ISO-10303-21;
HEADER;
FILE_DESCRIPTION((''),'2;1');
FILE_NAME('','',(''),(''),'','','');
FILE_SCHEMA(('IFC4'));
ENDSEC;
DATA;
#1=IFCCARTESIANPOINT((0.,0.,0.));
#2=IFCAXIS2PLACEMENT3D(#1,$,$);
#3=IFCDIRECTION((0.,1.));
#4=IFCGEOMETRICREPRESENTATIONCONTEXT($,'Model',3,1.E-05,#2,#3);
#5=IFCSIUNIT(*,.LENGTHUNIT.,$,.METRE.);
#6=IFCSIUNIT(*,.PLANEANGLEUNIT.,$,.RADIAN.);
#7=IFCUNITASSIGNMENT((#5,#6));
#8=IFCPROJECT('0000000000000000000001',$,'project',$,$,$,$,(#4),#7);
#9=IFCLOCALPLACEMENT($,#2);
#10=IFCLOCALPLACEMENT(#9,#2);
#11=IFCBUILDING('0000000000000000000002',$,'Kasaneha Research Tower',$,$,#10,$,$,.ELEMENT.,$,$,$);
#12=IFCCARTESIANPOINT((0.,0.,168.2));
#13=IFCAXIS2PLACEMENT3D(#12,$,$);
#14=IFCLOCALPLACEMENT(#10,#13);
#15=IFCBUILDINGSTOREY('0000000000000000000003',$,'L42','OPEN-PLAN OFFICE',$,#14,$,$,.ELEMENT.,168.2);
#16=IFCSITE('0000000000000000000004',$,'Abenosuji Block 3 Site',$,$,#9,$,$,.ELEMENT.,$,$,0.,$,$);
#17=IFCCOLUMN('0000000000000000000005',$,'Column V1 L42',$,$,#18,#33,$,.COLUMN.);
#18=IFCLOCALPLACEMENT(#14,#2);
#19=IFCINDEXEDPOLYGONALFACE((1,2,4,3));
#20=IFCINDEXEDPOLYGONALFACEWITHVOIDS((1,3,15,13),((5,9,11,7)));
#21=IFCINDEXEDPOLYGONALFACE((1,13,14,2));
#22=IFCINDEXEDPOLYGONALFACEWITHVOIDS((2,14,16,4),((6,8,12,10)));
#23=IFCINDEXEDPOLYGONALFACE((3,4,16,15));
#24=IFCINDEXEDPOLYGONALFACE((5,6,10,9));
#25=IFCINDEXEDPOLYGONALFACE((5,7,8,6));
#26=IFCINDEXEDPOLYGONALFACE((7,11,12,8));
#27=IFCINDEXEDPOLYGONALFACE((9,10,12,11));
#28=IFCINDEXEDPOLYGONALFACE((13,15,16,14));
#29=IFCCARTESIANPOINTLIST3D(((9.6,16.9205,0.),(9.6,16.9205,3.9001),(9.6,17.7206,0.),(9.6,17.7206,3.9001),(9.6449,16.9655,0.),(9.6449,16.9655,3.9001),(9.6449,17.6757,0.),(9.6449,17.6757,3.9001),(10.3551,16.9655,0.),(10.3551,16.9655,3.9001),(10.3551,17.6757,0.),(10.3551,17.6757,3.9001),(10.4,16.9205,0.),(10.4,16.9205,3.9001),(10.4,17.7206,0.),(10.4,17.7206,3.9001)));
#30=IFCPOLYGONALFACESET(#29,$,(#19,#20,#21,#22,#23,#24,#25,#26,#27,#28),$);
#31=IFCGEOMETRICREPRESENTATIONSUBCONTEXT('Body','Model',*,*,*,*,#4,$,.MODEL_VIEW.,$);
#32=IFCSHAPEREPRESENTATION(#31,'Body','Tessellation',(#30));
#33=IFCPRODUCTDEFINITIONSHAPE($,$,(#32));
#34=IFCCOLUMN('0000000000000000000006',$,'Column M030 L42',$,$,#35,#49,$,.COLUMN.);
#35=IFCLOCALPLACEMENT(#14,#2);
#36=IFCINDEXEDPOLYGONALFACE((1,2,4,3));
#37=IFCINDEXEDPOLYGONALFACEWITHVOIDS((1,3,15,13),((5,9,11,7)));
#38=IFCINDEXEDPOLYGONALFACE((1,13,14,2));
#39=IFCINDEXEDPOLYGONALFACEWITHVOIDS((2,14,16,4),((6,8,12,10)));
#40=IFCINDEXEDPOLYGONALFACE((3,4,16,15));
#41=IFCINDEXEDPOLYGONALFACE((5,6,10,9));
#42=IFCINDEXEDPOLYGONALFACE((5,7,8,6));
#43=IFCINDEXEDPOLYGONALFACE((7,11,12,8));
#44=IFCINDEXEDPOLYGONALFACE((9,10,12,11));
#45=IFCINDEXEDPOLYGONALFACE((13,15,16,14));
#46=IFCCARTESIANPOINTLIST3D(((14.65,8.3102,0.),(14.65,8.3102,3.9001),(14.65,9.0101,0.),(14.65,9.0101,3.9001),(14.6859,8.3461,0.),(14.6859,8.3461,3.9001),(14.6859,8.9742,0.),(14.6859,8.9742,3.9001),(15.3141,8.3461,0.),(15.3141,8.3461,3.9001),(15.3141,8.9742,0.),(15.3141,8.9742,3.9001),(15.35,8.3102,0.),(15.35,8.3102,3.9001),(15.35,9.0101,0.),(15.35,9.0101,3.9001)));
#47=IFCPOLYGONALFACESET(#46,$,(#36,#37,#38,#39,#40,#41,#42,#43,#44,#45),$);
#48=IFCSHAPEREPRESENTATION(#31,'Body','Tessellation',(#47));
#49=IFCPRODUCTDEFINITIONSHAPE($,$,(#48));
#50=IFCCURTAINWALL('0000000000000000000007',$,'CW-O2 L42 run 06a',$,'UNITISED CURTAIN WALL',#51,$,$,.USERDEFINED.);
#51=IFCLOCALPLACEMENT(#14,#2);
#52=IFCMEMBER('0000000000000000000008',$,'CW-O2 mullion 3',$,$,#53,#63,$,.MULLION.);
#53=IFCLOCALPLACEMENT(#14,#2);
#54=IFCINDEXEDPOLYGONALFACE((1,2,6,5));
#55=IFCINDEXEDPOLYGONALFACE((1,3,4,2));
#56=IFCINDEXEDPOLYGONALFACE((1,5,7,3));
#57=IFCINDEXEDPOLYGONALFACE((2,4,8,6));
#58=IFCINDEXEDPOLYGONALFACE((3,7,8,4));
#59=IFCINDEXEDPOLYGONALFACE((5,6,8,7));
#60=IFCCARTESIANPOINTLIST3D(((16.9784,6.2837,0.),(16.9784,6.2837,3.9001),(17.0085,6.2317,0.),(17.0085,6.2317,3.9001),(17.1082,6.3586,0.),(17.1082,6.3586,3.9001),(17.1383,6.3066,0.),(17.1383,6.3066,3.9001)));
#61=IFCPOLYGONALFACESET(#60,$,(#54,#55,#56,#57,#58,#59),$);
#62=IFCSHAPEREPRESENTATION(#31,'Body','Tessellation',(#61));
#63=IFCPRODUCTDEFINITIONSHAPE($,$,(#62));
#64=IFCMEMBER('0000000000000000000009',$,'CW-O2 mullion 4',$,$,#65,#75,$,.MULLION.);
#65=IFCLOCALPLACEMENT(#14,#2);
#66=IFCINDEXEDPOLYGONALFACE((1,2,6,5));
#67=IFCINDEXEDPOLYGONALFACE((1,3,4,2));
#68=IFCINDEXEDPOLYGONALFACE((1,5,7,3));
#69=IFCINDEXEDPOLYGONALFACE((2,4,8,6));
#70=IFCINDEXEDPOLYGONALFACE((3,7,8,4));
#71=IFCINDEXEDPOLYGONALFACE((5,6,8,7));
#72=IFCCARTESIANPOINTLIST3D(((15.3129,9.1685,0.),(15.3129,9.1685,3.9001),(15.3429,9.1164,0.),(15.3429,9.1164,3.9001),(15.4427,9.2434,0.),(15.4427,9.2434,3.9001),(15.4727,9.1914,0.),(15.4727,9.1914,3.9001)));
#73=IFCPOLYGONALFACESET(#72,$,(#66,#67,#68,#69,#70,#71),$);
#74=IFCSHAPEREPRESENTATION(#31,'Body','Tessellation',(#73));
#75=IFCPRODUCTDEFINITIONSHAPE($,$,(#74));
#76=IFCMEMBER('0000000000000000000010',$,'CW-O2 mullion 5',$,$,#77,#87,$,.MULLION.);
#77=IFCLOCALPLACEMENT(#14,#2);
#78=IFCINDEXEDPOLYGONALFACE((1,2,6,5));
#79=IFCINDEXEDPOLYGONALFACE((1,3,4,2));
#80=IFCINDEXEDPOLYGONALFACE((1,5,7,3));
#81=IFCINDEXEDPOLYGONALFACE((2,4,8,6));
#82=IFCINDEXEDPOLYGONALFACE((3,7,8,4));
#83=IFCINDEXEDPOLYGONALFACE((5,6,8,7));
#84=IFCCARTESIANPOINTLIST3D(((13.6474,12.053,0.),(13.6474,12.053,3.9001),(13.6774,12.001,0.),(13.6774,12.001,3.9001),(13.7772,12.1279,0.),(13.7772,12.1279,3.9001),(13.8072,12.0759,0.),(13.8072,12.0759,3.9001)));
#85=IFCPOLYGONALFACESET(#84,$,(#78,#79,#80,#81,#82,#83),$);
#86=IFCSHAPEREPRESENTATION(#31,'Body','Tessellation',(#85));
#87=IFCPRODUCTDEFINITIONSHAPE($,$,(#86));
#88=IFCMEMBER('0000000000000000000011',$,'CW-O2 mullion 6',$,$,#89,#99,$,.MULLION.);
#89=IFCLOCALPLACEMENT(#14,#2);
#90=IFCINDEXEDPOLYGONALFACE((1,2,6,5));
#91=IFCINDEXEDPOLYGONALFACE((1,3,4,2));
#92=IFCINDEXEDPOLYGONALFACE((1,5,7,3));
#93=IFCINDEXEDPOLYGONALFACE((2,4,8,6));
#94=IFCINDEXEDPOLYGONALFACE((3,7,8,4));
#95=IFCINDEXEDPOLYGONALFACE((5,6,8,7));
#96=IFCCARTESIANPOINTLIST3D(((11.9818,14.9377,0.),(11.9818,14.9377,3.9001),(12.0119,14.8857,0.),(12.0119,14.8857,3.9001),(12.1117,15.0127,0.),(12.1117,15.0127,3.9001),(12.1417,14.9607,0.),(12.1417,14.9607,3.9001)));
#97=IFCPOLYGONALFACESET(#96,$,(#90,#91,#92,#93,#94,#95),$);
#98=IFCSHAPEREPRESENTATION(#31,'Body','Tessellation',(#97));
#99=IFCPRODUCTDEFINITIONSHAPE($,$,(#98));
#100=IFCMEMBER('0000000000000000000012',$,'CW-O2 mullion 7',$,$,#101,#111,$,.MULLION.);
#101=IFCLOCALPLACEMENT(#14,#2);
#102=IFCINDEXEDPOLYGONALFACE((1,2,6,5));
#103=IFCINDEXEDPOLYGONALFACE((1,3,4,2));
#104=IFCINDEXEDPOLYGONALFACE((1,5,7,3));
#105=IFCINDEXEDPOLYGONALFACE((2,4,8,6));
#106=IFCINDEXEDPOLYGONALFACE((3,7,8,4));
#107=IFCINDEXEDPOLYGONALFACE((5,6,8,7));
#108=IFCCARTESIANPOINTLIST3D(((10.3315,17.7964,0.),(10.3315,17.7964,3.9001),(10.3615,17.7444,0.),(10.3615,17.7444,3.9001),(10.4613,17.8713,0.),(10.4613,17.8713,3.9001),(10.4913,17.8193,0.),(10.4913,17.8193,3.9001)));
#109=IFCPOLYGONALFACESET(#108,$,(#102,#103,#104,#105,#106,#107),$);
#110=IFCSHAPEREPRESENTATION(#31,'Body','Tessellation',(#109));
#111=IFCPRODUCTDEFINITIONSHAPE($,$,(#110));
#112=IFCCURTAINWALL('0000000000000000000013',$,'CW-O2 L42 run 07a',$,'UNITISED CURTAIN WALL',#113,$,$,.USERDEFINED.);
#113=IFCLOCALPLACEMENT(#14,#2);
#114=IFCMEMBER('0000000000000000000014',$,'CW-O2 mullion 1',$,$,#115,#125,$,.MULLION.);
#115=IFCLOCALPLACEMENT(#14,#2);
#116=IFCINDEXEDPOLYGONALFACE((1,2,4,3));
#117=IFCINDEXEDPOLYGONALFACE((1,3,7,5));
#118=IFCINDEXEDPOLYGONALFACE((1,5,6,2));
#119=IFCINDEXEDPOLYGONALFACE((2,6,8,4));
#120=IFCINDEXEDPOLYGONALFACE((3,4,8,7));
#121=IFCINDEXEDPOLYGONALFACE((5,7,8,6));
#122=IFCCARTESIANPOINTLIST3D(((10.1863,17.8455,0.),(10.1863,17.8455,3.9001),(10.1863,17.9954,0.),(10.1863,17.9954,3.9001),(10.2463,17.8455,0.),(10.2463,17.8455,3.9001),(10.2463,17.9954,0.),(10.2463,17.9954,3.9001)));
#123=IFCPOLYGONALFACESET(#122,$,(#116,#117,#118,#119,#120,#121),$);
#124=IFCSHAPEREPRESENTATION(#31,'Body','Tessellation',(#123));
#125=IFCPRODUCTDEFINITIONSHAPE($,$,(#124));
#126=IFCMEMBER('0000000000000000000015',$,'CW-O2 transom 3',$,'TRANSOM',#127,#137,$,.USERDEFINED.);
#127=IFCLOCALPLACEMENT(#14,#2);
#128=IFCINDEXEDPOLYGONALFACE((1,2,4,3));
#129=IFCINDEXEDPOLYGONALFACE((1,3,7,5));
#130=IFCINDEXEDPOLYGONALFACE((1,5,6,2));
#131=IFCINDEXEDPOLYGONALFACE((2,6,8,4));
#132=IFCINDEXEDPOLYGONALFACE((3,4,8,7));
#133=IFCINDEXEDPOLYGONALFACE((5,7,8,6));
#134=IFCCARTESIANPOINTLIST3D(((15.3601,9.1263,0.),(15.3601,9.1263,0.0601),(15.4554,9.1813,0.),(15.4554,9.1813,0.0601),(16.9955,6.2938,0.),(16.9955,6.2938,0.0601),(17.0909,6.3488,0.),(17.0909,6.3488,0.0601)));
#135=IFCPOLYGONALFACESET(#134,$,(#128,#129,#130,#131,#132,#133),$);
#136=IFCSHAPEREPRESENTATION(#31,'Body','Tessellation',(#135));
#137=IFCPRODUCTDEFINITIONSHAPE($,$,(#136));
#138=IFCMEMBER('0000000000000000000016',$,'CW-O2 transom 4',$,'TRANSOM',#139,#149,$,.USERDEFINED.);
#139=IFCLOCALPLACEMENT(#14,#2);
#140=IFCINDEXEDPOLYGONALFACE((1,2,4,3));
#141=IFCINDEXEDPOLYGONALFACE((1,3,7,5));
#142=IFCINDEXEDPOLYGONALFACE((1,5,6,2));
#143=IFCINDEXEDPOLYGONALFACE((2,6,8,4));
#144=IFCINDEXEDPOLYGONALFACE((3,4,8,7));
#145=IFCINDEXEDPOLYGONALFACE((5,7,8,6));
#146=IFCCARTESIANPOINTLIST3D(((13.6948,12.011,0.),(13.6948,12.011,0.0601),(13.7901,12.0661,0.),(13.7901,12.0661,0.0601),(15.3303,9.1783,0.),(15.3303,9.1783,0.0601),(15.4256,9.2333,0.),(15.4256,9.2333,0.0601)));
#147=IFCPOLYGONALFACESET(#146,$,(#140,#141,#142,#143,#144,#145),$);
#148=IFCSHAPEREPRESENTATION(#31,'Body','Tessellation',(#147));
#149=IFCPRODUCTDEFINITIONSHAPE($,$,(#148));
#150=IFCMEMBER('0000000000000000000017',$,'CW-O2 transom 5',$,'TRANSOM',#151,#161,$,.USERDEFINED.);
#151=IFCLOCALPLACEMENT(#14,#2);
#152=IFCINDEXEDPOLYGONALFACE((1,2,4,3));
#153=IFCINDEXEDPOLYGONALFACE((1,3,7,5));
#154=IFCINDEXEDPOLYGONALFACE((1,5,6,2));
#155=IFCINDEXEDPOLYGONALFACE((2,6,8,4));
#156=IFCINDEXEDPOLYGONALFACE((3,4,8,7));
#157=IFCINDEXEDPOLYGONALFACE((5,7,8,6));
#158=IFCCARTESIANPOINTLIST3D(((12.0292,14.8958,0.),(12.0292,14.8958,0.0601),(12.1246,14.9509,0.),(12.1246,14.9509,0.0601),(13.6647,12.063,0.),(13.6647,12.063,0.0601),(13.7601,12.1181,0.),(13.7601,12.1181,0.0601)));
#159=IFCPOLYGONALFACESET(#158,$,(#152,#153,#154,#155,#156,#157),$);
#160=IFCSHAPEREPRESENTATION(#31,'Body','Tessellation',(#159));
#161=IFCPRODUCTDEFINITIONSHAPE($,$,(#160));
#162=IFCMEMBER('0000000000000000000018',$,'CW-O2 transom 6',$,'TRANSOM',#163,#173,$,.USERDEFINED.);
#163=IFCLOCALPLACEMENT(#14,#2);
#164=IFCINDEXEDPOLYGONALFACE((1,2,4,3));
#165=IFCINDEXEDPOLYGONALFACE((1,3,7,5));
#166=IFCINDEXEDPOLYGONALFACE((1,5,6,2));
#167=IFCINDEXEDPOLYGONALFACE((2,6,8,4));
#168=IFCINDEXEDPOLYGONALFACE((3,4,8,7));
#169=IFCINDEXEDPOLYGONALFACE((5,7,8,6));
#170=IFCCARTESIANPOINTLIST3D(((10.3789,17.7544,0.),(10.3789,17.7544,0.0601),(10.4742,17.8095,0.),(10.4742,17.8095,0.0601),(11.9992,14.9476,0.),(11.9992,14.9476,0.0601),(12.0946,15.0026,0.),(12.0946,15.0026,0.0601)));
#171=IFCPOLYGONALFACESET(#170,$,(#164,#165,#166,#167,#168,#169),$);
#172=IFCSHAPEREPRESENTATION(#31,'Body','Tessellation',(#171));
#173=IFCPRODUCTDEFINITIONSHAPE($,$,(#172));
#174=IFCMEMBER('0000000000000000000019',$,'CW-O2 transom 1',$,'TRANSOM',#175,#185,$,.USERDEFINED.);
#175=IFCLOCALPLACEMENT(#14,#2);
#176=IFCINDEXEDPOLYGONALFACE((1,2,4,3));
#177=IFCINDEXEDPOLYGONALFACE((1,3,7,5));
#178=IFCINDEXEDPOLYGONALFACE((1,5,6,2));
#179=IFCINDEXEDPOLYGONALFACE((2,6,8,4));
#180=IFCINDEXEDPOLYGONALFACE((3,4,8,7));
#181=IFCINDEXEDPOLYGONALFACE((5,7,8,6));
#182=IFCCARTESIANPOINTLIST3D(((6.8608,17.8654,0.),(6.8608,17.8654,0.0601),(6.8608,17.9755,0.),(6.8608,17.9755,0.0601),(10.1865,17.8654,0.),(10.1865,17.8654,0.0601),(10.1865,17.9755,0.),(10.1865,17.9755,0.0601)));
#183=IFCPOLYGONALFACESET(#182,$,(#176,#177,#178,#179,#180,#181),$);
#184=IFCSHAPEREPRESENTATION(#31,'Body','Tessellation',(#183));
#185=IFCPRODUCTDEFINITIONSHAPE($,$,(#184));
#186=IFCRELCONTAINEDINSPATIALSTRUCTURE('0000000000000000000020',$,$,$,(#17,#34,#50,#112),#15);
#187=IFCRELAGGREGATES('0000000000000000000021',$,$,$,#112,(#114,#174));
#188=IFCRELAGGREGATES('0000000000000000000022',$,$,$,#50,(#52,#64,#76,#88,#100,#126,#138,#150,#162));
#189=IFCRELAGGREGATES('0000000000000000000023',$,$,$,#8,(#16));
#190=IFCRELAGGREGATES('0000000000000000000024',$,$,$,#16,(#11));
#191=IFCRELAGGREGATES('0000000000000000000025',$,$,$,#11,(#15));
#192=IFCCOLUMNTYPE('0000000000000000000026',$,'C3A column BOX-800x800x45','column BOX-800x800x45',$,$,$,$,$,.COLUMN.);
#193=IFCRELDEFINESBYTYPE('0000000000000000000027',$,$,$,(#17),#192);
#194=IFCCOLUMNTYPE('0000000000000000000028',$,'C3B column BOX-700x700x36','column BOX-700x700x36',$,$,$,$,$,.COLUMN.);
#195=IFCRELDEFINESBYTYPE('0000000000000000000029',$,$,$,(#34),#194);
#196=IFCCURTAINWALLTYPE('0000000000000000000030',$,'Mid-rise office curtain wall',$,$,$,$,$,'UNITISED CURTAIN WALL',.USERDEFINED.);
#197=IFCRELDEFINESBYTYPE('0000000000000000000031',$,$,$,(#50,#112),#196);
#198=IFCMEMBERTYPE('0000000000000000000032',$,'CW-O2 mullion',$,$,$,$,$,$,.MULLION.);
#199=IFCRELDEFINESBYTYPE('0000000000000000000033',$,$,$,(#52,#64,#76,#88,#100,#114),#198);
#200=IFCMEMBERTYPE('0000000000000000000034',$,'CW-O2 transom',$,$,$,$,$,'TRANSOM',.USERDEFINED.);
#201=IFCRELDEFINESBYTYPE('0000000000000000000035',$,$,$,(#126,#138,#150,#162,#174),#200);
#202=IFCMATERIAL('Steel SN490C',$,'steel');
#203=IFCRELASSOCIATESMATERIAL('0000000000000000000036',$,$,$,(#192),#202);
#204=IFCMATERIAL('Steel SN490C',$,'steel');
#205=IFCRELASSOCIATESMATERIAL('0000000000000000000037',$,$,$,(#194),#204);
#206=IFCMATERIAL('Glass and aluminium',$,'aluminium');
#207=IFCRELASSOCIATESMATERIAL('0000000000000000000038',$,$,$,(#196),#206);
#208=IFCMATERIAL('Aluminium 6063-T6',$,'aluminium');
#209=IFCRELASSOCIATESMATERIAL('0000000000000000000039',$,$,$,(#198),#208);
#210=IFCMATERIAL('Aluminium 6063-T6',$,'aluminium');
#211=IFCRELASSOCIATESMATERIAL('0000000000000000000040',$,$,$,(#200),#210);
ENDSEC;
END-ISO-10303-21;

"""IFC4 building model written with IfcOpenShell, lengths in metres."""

from ifc_helpers import new_model, si_unit, direction, frame, origin, origin_2d, place, context, subcontext, project, spatial, rectangle, hollow_rectangle, extrude, material, material_profile, profile_set, type_object, element, aggregate, save


model = new_model("IFC4")

# Units and contexts
model_context = context("Model", 3, precision=1e-05, world=origin(), true_north=direction((0.0, 1.0)))
body_context = subcontext(model_context, "Body", "Model", "MODEL_VIEW")
ifc_project = project(units=[si_unit("LENGTHUNIT", "METRE"), si_unit("PLANEANGLEUNIT", "RADIAN")], contexts=[model_context])

# Site, building, storey
site_placement = place(None, origin())
site = spatial("IfcSite", under=ifc_project, at=site_placement, Name="Abenosuji Block 3 Site", CompositionType="ELEMENT", RefElevation=0.0)
building_placement = place(site_placement, origin())
building = spatial("IfcBuilding", under=site, at=building_placement, Name="Kasaneha Research Tower", CompositionType="ELEMENT")
storey_placement = place(building_placement, frame((0.0, 0.0, 168.2)))
storey = spatial("IfcBuildingStorey", under=building, at=storey_placement, Name="L42", Description="OPEN-PLAN OFFICE", CompositionType="ELEMENT", Elevation=168.2)

# Columns
ifc_material_1 = material(Name="Steel SN490C", Category="steel")
ifc_material_profile_1 = material_profile(ifc_material_1, hollow_rectangle(XDim=0.8, YDim=0.8, WallThickness=0.0449, at=origin_2d()), Name="BOX-800x800x45")
ifc_profile_set_1 = profile_set([ifc_material_profile_1], Name="Steel SN490C")
column_type_1 = type_object("IfcColumnType", Name="C3A column BOX-800x800x45", Description="column BOX-800x800x45", PredefinedType="COLUMN", material=ifc_profile_set_1)
column_1_placement = place(storey_placement, frame((10.0, 17.3206, 0.0), z_axis=(0.0, 0.0, 1.0), x_axis=(1.0, 0.0, 0.0)))
element("IfcColumn", 1, at=column_1_placement, inside=storey, type_object=column_type_1, Name="Column V1 L42", PredefinedType="COLUMN", context=body_context, shape_type="SweptSolid", body=[
    extrude(hollow_rectangle(XDim=0.8, YDim=0.8, WallThickness=0.0449, at=origin_2d()), origin(), (0.0, 0.0, 1.0), 3.9001),
])
ifc_material_2 = material(Name="Steel SN490C", Category="steel")
ifc_material_profile_2 = material_profile(ifc_material_2, hollow_rectangle(XDim=0.7, YDim=0.7, WallThickness=0.0359, at=origin_2d()), Name="BOX-700x700x36")
ifc_profile_set_2 = profile_set([ifc_material_profile_2], Name="Steel SN490C")
column_type_2 = type_object("IfcColumnType", Name="C3B column BOX-700x700x36", Description="column BOX-700x700x36", PredefinedType="COLUMN", material=ifc_profile_set_2)
column_2_placement = place(storey_placement, frame((15.0, 8.6602, 0.0), z_axis=(0.0, 0.0, 1.0), x_axis=(1.0, 0.0, 0.0)))
element("IfcColumn", 2, at=column_2_placement, inside=storey, type_object=column_type_2, Name="Column M030 L42", PredefinedType="COLUMN", context=body_context, shape_type="SweptSolid", body=[
    extrude(hollow_rectangle(XDim=0.7, YDim=0.7, WallThickness=0.0359, at=origin_2d()), origin(), (0.0, 0.0, 1.0), 3.9001),
])

# Curtain wall, members
ifc_material_3 = material(Name="Glass and aluminium", Category="aluminium")
curtain_wall_type = type_object("IfcCurtainWallType", Name="Mid-rise office curtain wall", ElementType="UNITISED CURTAIN WALL", PredefinedType="USERDEFINED", material=ifc_material_3)
curtain_wall_1_placement = place(storey_placement, origin())
curtain_wall_1 = element("IfcCurtainWall", 3, at=curtain_wall_1_placement, inside=storey, type_object=curtain_wall_type, Name="CW-O2 L42 run 06a", ObjectType="UNITISED CURTAIN WALL", PredefinedType="USERDEFINED")
ifc_material_4 = material(Name="Aluminium 6063-T6", Category="aluminium")
ifc_material_profile_3 = material_profile(ifc_material_4, rectangle(XDim=0.0601, YDim=0.1499, at=origin_2d()), Name="CW-O2 mullion 60x150")
ifc_profile_set_3 = profile_set([ifc_material_profile_3], Name="Aluminium 6063-T6")
member_type_1 = type_object("IfcMemberType", Name="CW-O2 mullion", PredefinedType="MULLION", material=ifc_profile_set_3)
member_1_placement = place(storey_placement, frame((17.0583, 6.2952, 0.0), z_axis=(0.0, 0.0, 1.0), x_axis=(-0.5, 0.866025, 0.0)))
member_1 = element("IfcMember", 4, at=member_1_placement, type_object=member_type_1, Name="CW-O2 mullion 3", PredefinedType="MULLION", context=body_context, shape_type="SweptSolid", body=[
    extrude(rectangle(XDim=0.0601, YDim=0.1499, at=origin_2d()), origin(), (0.0, 0.0, 1.0), 3.9001),
])
member_2_placement = place(storey_placement, frame((15.3928, 9.1799, 0.0), z_axis=(0.0, 0.0, 1.0), x_axis=(-0.5, 0.866025, 0.0)))
member_2 = element("IfcMember", 5, at=member_2_placement, type_object=member_type_1, Name="CW-O2 mullion 4", PredefinedType="MULLION", context=body_context, shape_type="SweptSolid", body=[
    extrude(rectangle(XDim=0.0601, YDim=0.1499, at=origin_2d()), origin(), (0.0, 0.0, 1.0), 3.9001),
])
member_3_placement = place(storey_placement, frame((13.7273, 12.0645, 0.0), z_axis=(0.0, 0.0, 1.0), x_axis=(-0.5, 0.866025, 0.0)))
member_3 = element("IfcMember", 6, at=member_3_placement, type_object=member_type_1, Name="CW-O2 mullion 5", PredefinedType="MULLION", context=body_context, shape_type="SweptSolid", body=[
    extrude(rectangle(XDim=0.0601, YDim=0.1499, at=origin_2d()), origin(), (0.0, 0.0, 1.0), 3.9001),
])
member_4_placement = place(storey_placement, frame((12.0618, 14.9492, 0.0), z_axis=(0.0, 0.0, 1.0), x_axis=(-0.5, 0.866025, 0.0)))
member_4 = element("IfcMember", 7, at=member_4_placement, type_object=member_type_1, Name="CW-O2 mullion 6", PredefinedType="MULLION", context=body_context, shape_type="SweptSolid", body=[
    extrude(rectangle(XDim=0.0601, YDim=0.1499, at=origin_2d()), origin(), (0.0, 0.0, 1.0), 3.9001),
])
member_5_placement = place(storey_placement, frame((10.4114, 17.8079, 0.0), z_axis=(0.0, 0.0, 1.0), x_axis=(-0.5, 0.866025, 0.0)))
member_5 = element("IfcMember", 8, at=member_5_placement, type_object=member_type_1, Name="CW-O2 mullion 7", PredefinedType="MULLION", context=body_context, shape_type="SweptSolid", body=[
    extrude(rectangle(XDim=0.0601, YDim=0.1499, at=origin_2d()), origin(), (0.0, 0.0, 1.0), 3.9001),
])

# Curtain wall, member
curtain_wall_2_placement = place(storey_placement, origin())
curtain_wall_2 = element("IfcCurtainWall", 9, at=curtain_wall_2_placement, inside=storey, type_object=curtain_wall_type, Name="CW-O2 L42 run 07a", ObjectType="UNITISED CURTAIN WALL", PredefinedType="USERDEFINED")
member_6_placement = place(storey_placement, frame((10.2163, 17.9204, 0.0), z_axis=(0.0, 0.0, 1.0), x_axis=(-1.0, 0.0, 0.0)))
member_6 = element("IfcMember", 10, at=member_6_placement, type_object=member_type_1, Name="CW-O2 mullion 1", PredefinedType="MULLION", context=body_context, shape_type="SweptSolid", body=[
    extrude(rectangle(XDim=0.0601, YDim=0.1499, at=origin_2d()), origin(), (0.0, 0.0, 1.0), 3.9001),
])

# Members
ifc_material_5 = material(Name="Aluminium 6063-T6", Category="aluminium")
ifc_material_profile_4 = material_profile(ifc_material_5, rectangle(XDim=0.1101, YDim=0.0601, at=origin_2d()), Name="CW-O2 transom 110x60")
ifc_profile_set_4 = profile_set([ifc_material_profile_4], Name="Aluminium 6063-T6")
member_type_2 = type_object("IfcMemberType", Name="CW-O2 transom", ElementType="TRANSOM", PredefinedType="USERDEFINED", material=ifc_profile_set_4)
member_7_placement = place(storey_placement, frame((17.0432, 6.3213, 0.03), z_axis=(-0.500033, 0.866007, 0.0), x_axis=(-0.866007, -0.500033, 0.0)))
member_7 = element("IfcMember", 11, at=member_7_placement, type_object=member_type_2, Name="CW-O2 transom 3", ObjectType="TRANSOM", PredefinedType="USERDEFINED", context=body_context, shape_type="SweptSolid", body=[
    extrude(rectangle(XDim=0.1101, YDim=0.0601, at=origin_2d()), origin(), (0.0, 0.0, 1.0), 3.2708),
])
member_8_placement = place(storey_placement, frame((15.3779, 9.2058, 0.03), z_axis=(-0.5, 0.866025, 0.0), x_axis=(-0.866025, -0.5, 0.0)))
member_8 = element("IfcMember", 12, at=member_8_placement, type_object=member_type_2, Name="CW-O2 transom 4", ObjectType="TRANSOM", PredefinedType="USERDEFINED", context=body_context, shape_type="SweptSolid", body=[
    extrude(rectangle(XDim=0.1101, YDim=0.0601, at=origin_2d()), origin(), (0.0, 0.0, 1.0), 3.271),
])
member_9_placement = place(storey_placement, frame((13.7124, 12.0906, 0.03), z_axis=(-0.5, 0.866025, 0.0), x_axis=(-0.866025, -0.5, 0.0)))
member_9 = element("IfcMember", 13, at=member_9_placement, type_object=member_type_2, Name="CW-O2 transom 5", ObjectType="TRANSOM", PredefinedType="USERDEFINED", context=body_context, shape_type="SweptSolid", body=[
    extrude(rectangle(XDim=0.1101, YDim=0.0601, at=origin_2d()), origin(), (0.0, 0.0, 1.0), 3.271),
])
member_10_placement = place(storey_placement, frame((12.0469, 14.9751, 0.03), z_axis=(-0.499955, 0.866051, 0.0), x_axis=(-0.866051, -0.499955, 0.0)))
member_10 = element("IfcMember", 14, at=member_10_placement, type_object=member_type_2, Name="CW-O2 transom 6", ObjectType="TRANSOM", PredefinedType="USERDEFINED", context=body_context, shape_type="SweptSolid", body=[
    extrude(rectangle(XDim=0.1101, YDim=0.0601, at=origin_2d()), origin(), (0.0, 0.0, 1.0), 3.241),
])
member_11_placement = place(storey_placement, frame((10.1865, 17.9204, 0.03), z_axis=(-1.0, 0.0, 0.0), x_axis=(0.0, -1.0, 0.0)))
member_11 = element("IfcMember", 15, at=member_11_placement, type_object=member_type_2, Name="CW-O2 transom 1", ObjectType="TRANSOM", PredefinedType="USERDEFINED", context=body_context, shape_type="SweptSolid", body=[
    extrude(rectangle(XDim=0.1101, YDim=0.0601, at=origin_2d()), origin(), (0.0, 0.0, 1.0), 3.3257),
])
aggregate(curtain_wall_2, [member_6, member_11])

aggregate(curtain_wall_1, [member_1, member_2, member_3, member_4, member_5, member_7, member_8, member_9, member_10])

save(model, "model.ifc")
